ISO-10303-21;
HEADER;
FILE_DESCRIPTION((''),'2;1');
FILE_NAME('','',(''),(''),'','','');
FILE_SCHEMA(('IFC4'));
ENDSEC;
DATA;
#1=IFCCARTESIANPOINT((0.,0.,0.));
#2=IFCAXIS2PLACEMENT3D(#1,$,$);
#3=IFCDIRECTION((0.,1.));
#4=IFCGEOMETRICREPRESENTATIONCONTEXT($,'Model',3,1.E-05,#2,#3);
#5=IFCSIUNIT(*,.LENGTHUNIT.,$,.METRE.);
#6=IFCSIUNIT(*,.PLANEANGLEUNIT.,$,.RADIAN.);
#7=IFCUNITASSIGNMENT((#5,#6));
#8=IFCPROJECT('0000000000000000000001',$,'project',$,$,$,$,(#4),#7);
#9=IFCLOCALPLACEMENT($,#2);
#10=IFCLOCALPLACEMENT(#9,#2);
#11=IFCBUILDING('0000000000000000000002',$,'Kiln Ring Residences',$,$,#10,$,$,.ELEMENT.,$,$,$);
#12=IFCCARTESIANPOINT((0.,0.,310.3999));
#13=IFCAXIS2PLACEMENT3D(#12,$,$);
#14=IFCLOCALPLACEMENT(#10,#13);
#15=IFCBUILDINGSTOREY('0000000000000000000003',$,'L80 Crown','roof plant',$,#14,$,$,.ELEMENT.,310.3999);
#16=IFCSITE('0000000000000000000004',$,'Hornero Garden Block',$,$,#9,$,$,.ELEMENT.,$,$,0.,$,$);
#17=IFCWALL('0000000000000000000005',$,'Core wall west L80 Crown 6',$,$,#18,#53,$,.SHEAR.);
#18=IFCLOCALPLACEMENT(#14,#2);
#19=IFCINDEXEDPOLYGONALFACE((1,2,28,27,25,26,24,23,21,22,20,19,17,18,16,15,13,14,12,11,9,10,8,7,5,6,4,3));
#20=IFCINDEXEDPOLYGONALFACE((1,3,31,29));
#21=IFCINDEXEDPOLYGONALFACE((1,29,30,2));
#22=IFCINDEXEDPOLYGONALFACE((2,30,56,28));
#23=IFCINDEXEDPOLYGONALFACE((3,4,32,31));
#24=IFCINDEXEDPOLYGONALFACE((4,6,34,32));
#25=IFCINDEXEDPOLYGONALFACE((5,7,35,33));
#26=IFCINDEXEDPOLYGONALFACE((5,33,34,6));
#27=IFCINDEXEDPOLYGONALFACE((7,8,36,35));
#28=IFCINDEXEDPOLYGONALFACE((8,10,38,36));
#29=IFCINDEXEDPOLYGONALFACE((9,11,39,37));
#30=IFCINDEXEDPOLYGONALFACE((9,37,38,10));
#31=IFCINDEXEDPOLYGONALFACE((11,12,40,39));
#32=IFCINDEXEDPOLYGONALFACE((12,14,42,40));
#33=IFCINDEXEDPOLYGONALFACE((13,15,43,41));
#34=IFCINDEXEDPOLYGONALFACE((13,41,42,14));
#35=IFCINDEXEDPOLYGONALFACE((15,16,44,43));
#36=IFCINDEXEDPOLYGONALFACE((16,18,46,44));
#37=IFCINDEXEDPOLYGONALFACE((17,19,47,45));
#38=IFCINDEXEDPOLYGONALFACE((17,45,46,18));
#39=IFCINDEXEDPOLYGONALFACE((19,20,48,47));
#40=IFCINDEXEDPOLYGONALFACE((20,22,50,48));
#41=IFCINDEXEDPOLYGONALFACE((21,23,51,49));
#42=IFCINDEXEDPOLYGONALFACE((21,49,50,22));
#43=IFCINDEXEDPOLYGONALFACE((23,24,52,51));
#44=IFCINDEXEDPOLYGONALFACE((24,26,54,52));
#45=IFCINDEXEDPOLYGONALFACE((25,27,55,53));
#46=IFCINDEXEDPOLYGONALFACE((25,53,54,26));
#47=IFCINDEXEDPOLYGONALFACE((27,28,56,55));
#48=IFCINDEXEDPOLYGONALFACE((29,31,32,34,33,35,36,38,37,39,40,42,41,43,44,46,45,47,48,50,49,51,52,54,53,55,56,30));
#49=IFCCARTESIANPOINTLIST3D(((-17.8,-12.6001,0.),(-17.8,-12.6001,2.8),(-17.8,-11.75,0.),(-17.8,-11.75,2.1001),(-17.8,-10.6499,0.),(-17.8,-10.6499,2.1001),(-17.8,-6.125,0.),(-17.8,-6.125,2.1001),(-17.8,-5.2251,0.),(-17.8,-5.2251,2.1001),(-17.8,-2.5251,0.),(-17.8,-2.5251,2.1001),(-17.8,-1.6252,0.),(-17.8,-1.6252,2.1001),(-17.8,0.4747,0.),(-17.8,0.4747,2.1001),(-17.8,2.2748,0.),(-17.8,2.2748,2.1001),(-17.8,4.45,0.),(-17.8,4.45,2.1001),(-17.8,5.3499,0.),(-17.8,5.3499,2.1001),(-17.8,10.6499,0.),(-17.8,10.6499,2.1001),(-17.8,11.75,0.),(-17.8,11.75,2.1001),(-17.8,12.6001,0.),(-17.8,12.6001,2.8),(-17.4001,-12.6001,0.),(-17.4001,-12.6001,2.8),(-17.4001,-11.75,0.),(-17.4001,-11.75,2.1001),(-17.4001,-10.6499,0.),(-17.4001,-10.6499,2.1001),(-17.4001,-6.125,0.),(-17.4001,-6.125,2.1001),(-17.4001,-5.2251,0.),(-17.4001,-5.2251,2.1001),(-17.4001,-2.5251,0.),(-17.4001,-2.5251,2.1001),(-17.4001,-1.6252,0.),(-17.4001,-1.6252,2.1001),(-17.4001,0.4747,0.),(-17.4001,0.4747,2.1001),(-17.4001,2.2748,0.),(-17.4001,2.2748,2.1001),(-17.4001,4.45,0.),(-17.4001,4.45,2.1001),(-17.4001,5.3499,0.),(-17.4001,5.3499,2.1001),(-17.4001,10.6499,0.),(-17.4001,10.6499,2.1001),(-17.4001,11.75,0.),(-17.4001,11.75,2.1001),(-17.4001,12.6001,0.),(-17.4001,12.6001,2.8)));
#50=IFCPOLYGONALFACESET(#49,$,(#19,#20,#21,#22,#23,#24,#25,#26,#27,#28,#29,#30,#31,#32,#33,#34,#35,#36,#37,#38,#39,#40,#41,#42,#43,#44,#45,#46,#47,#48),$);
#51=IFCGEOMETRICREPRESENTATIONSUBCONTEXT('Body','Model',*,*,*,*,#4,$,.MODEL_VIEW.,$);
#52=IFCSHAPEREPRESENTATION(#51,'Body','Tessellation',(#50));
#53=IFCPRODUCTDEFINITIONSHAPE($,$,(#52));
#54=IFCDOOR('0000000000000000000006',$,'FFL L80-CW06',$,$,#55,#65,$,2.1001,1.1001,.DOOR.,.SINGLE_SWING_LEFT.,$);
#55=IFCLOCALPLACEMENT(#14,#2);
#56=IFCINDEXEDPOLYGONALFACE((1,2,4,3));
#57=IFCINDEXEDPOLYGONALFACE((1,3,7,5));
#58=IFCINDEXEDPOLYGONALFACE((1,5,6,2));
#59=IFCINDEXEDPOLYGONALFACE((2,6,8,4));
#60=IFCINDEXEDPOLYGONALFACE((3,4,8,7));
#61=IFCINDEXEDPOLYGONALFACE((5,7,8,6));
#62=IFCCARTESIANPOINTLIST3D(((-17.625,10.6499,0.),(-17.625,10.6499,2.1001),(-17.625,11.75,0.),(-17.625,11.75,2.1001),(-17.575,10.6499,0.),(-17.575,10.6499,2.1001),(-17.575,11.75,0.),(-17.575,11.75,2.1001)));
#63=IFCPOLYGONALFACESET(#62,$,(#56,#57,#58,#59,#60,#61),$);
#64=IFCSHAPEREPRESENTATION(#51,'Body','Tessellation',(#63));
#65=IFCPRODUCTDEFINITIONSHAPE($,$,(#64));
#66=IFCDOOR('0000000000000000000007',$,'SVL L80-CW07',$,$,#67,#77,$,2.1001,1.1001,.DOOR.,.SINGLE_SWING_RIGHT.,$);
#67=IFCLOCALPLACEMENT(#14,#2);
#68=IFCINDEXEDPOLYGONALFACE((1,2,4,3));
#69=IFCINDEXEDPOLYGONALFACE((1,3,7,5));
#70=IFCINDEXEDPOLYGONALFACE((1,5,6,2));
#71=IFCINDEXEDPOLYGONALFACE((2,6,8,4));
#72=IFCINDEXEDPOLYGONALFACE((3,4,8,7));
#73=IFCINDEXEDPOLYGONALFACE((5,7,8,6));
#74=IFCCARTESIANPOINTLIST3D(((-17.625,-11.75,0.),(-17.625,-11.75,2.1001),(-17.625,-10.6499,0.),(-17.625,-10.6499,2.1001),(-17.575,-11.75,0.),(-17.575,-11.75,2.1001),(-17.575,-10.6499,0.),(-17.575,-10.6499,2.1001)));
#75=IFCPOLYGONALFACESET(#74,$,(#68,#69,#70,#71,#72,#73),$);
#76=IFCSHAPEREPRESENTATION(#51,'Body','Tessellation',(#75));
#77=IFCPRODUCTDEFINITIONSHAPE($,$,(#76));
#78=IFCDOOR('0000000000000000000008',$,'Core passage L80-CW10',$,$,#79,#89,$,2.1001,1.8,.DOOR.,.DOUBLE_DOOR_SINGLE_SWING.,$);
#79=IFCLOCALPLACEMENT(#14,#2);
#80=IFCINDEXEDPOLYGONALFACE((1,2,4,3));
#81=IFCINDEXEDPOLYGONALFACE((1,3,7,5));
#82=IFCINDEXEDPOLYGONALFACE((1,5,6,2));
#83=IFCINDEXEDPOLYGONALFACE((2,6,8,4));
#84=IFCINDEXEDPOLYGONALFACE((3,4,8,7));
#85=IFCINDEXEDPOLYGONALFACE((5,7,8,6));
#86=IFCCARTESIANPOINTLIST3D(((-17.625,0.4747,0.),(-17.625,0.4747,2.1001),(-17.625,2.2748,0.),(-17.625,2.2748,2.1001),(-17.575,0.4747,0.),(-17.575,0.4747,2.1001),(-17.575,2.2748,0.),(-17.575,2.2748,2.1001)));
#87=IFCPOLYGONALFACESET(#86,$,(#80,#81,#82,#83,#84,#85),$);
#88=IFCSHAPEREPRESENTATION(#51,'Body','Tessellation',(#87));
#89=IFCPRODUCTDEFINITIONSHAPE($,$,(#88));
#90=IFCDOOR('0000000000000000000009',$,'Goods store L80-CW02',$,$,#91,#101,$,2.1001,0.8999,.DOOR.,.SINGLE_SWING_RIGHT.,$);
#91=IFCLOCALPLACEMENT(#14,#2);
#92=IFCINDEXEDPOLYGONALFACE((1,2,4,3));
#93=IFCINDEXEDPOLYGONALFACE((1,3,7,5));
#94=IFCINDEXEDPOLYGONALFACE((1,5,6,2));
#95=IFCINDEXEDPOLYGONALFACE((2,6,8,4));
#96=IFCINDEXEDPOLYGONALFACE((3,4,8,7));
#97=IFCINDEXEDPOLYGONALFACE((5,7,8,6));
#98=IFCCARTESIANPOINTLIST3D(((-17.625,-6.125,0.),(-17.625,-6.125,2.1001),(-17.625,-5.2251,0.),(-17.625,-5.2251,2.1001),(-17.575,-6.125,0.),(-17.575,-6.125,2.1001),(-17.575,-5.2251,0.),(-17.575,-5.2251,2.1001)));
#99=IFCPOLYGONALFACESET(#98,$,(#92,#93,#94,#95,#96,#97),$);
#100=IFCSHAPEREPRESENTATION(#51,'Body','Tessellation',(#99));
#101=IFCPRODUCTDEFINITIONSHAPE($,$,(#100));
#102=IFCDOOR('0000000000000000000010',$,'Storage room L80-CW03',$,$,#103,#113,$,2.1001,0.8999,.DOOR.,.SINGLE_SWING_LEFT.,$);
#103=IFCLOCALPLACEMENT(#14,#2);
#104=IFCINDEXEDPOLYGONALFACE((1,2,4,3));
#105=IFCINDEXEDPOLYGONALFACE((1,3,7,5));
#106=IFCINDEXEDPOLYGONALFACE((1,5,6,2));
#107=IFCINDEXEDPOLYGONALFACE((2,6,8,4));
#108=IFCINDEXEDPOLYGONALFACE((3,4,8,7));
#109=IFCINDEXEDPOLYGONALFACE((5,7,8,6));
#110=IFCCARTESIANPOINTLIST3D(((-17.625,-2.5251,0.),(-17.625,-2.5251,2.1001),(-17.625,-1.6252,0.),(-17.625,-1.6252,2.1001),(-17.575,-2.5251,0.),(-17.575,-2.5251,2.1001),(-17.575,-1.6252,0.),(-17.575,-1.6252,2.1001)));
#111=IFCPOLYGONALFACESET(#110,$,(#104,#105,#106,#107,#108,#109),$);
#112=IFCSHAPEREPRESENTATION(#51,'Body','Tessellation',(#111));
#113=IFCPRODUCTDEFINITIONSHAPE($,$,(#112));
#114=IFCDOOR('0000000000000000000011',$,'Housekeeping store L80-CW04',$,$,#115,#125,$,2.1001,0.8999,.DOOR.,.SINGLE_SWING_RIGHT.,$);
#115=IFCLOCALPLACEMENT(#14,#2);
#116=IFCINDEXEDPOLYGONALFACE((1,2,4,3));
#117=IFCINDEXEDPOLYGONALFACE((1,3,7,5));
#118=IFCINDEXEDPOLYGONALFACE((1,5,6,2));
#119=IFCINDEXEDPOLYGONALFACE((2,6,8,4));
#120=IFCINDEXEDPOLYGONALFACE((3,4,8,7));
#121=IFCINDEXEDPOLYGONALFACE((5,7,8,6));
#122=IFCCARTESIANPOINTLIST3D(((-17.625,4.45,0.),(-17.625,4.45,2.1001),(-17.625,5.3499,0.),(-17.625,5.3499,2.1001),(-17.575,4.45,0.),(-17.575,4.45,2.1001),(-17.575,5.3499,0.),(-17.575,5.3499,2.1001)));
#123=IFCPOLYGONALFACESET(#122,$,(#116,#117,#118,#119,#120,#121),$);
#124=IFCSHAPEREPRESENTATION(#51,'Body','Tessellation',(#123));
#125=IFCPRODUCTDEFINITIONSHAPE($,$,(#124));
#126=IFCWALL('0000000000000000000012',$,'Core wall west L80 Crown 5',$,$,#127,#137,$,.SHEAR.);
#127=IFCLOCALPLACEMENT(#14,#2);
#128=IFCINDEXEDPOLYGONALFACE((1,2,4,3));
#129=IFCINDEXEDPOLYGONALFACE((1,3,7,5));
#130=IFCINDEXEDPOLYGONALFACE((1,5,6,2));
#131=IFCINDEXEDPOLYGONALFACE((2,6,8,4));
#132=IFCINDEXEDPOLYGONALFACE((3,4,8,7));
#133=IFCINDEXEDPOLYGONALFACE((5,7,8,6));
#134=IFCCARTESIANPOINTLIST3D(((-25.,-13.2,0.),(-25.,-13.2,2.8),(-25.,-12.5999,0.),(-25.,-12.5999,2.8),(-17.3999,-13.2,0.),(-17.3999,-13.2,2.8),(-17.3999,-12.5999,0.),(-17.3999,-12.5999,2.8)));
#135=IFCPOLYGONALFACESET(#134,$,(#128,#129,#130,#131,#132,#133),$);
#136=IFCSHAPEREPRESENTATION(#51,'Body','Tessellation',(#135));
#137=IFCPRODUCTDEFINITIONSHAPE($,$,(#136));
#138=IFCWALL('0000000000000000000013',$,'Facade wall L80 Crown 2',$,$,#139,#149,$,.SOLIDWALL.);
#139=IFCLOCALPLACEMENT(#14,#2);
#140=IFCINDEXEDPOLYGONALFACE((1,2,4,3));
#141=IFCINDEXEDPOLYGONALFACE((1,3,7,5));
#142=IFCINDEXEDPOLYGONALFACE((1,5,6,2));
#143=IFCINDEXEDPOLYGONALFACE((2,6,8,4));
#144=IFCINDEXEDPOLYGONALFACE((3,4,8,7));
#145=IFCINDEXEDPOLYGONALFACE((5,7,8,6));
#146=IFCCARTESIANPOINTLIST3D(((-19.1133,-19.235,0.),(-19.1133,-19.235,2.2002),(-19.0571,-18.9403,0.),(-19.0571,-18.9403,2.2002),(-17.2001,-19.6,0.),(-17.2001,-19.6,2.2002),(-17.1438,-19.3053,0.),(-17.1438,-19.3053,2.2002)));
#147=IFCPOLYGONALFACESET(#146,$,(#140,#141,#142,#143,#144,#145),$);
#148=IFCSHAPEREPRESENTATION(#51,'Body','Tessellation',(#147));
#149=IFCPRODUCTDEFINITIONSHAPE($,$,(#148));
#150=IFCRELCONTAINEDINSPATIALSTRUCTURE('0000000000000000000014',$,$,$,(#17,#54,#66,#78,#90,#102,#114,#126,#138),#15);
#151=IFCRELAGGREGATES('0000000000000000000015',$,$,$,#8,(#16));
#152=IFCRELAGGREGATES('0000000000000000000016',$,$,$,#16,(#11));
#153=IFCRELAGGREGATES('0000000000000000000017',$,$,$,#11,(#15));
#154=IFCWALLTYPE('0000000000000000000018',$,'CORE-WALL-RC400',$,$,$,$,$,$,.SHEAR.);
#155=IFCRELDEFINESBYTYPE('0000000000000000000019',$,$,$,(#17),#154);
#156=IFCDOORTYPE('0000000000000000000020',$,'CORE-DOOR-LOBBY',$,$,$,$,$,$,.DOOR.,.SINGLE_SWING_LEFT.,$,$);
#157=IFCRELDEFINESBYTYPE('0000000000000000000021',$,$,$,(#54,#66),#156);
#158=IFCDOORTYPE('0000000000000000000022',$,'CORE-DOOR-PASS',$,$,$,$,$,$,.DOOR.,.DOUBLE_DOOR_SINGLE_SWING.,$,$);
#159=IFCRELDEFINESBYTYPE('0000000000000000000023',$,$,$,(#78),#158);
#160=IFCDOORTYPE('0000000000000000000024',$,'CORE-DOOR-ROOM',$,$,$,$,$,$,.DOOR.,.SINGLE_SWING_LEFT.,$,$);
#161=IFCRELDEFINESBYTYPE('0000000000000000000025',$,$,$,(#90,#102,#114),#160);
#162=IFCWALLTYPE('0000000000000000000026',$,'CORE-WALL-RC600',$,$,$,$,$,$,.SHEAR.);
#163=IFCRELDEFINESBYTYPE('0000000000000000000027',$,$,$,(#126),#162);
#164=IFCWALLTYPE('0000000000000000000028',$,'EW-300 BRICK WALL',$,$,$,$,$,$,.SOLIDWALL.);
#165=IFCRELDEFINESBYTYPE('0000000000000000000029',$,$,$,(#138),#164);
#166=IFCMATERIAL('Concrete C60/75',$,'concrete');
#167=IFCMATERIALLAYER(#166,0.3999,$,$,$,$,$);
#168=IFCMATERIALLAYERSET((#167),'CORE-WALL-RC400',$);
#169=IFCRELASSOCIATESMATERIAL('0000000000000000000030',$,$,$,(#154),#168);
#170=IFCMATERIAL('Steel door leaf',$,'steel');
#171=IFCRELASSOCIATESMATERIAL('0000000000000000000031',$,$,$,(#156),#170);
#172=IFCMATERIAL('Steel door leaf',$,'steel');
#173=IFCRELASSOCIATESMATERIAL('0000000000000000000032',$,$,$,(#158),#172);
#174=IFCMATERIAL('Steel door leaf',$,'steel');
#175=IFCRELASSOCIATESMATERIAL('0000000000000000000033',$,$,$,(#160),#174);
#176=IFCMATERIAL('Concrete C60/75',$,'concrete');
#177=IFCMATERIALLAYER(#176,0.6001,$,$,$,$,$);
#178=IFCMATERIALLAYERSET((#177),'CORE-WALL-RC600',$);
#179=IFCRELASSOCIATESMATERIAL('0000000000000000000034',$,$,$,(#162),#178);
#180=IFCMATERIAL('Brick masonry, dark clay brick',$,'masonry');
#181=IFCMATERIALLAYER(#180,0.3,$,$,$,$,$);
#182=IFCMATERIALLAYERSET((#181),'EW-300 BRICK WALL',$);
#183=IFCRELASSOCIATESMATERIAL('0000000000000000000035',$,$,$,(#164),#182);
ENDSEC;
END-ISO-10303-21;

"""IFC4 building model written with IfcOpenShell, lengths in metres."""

from ifc_helpers import new_model, si_unit, direction, frame, frame_2d, origin, place, context, subcontext, project, spatial, rectangle, extrude, material, layer, layer_set, type_object, element, fill, save


model = new_model("IFC4")

# Units and contexts
model_context = context("Model", 3, precision=1e-05, world=origin(), true_north=direction((0.0, 1.0)))
body_context = subcontext(model_context, "Body", "Model", "MODEL_VIEW")
ifc_project = project(units=[si_unit("LENGTHUNIT", "METRE"), si_unit("PLANEANGLEUNIT", "RADIAN")], contexts=[model_context])

# Site, building, storey
site_placement = place(None, origin())
site = spatial("IfcSite", under=ifc_project, at=site_placement, Name="Hornero Garden Block", CompositionType="ELEMENT", RefElevation=0.0)
building_placement = place(site_placement, origin())
building = spatial("IfcBuilding", under=site, at=building_placement, Name="Kiln Ring Residences", CompositionType="ELEMENT")
storey_placement = place(building_placement, frame((0.0, 0.0, 310.3999)))
storey = spatial("IfcBuildingStorey", under=building, at=storey_placement, Name="L80 Crown", Description="roof plant", CompositionType="ELEMENT", Elevation=310.3999)

# Wall, openings, doors
ifc_material_1 = material(Name="Concrete C60/75", Category="concrete")
ifc_layer_1 = layer(ifc_material_1, 0.3999)
ifc_layer_set_1 = layer_set([ifc_layer_1], Name="CORE-WALL-RC400")
wall_type_1 = type_object("IfcWallType", Name="CORE-WALL-RC400", PredefinedType="SHEAR", material=ifc_layer_set_1)
wall_1_placement = place(storey_placement, frame((-17.6001, -12.6001, 0.0), z_axis=(0.0, 0.0, 1.0), x_axis=(0.0, 1.0, 0.0)))
wall_1 = element("IfcWall", 1, at=wall_1_placement, inside=storey, type_object=wall_type_1, Name="Core wall west L80 Crown 6", PredefinedType="SHEAR", context=body_context, shape_type="SweptSolid", body=[
    extrude(rectangle(XDim=25.2002, YDim=0.3999, at=frame_2d((12.6001, 0.0))), origin(), (0.0, 0.0, 1.0), 2.8),
])
opening_1_placement = place(wall_1_placement, frame((6.4751, 0.0, 0.0)))
opening_1 = element("IfcOpeningElement", 2, at=opening_1_placement, cuts=wall_1, PredefinedType="OPENING", context=body_context, shape_type="SweptSolid", body=[
    extrude(rectangle(XDim=0.8999, YDim=2.1001, at=frame_2d((0.45, 1.05))), frame((0.0, 0.21, 0.0), z_axis=(0.0, -1.0, 0.0), x_axis=(1.0, 0.0, 0.0)), (0.0, 0.0, 1.0), 0.4199),
])
opening_2_placement = place(wall_1_placement, frame((10.075, 0.0, 0.0)))
opening_2 = element("IfcOpeningElement", 3, at=opening_2_placement, cuts=wall_1, PredefinedType="OPENING", context=body_context, shape_type="SweptSolid", body=[
    extrude(rectangle(XDim=0.8999, YDim=2.1001, at=frame_2d((0.45, 1.05))), frame((0.0, 0.21, 0.0), z_axis=(0.0, -1.0, 0.0), x_axis=(1.0, 0.0, 0.0)), (0.0, 0.0, 1.0), 0.4199),
])
opening_3_placement = place(wall_1_placement, frame((17.05, 0.0, 0.0)))
opening_3 = element("IfcOpeningElement", 4, at=opening_3_placement, cuts=wall_1, PredefinedType="OPENING", context=body_context, shape_type="SweptSolid", body=[
    extrude(rectangle(XDim=0.8999, YDim=2.1001, at=frame_2d((0.45, 1.05))), frame((0.0, 0.21, 0.0), z_axis=(0.0, -1.0, 0.0), x_axis=(1.0, 0.0, 0.0)), (0.0, 0.0, 1.0), 0.4199),
])
opening_4_placement = place(wall_1_placement, frame((23.25, 0.0, 0.0)))
opening_4 = element("IfcOpeningElement", 5, at=opening_4_placement, cuts=wall_1, PredefinedType="OPENING", context=body_context, shape_type="SweptSolid", body=[
    extrude(rectangle(XDim=1.1001, YDim=2.1001, at=frame_2d((0.55, 1.05))), frame((0.0, 0.21, 0.0), z_axis=(0.0, -1.0, 0.0), x_axis=(1.0, 0.0, 0.0)), (0.0, 0.0, 1.0), 0.4199),
])
opening_5_placement = place(wall_1_placement, frame((0.8501, 0.0, 0.0)))
opening_5 = element("IfcOpeningElement", 6, at=opening_5_placement, cuts=wall_1, PredefinedType="OPENING", context=body_context, shape_type="SweptSolid", body=[
    extrude(rectangle(XDim=1.1001, YDim=2.1001, at=frame_2d((0.55, 1.05))), frame((0.0, 0.21, 0.0), z_axis=(0.0, -1.0, 0.0), x_axis=(1.0, 0.0, 0.0)), (0.0, 0.0, 1.0), 0.4199),
])
opening_6_placement = place(wall_1_placement, frame((13.075, 0.0, 0.0)))
opening_6 = element("IfcOpeningElement", 7, at=opening_6_placement, cuts=wall_1, PredefinedType="OPENING", context=body_context, shape_type="SweptSolid", body=[
    extrude(rectangle(XDim=1.8, YDim=2.1001, at=frame_2d((0.8999, 1.05))), frame((0.0, 0.21, 0.0), z_axis=(0.0, -1.0, 0.0), x_axis=(1.0, 0.0, 0.0)), (0.0, 0.0, 1.0), 0.4199),
])
ifc_material_2 = material(Name="Steel door leaf", Category="steel")
door_type_1 = type_object("IfcDoorType", Name="CORE-DOOR-LOBBY", OperationType="SINGLE_SWING_LEFT", PredefinedType="DOOR", material=ifc_material_2)
door_1_placement = place(opening_4_placement, origin())
door_1 = element("IfcDoor", 8, at=door_1_placement, inside=storey, type_object=door_type_1, Name="FFL L80-CW06", OperationType="SINGLE_SWING_LEFT", OverallHeight=2.1001, OverallWidth=1.1001, PredefinedType="DOOR", context=body_context, shape_type="SweptSolid", body=[
    extrude(rectangle(XDim=1.1001, YDim=2.1001, at=frame_2d((0.55, 1.05))), frame((0.0, 0.0249, 0.0), z_axis=(0.0, -1.0, 0.0), x_axis=(1.0, 0.0, 0.0)), (0.0, 0.0, 1.0), 0.05),
])
fill(opening_4, door_1)
door_2_placement = place(opening_5_placement, origin())
door_2 = element("IfcDoor", 9, at=door_2_placement, inside=storey, type_object=door_type_1, Name="SVL L80-CW07", OperationType="SINGLE_SWING_RIGHT", OverallHeight=2.1001, OverallWidth=1.1001, PredefinedType="DOOR", context=body_context, shape_type="SweptSolid", body=[
    extrude(rectangle(XDim=1.1001, YDim=2.1001, at=frame_2d((0.55, 1.05))), frame((0.0, 0.0249, 0.0), z_axis=(0.0, -1.0, 0.0), x_axis=(1.0, 0.0, 0.0)), (0.0, 0.0, 1.0), 0.05),
])
fill(opening_5, door_2)
ifc_material_3 = material(Name="Steel door leaf", Category="steel")
door_type_2 = type_object("IfcDoorType", Name="CORE-DOOR-PASS", OperationType="DOUBLE_DOOR_SINGLE_SWING", PredefinedType="DOOR", material=ifc_material_3)
door_3_placement = place(opening_6_placement, origin())
door_3 = element("IfcDoor", 10, at=door_3_placement, inside=storey, type_object=door_type_2, Name="Core passage L80-CW10", OperationType="DOUBLE_DOOR_SINGLE_SWING", OverallHeight=2.1001, OverallWidth=1.8, PredefinedType="DOOR", context=body_context, shape_type="SweptSolid", body=[
    extrude(rectangle(XDim=1.8, YDim=2.1001, at=frame_2d((0.8999, 1.05))), frame((0.0, 0.0249, 0.0), z_axis=(0.0, -1.0, 0.0), x_axis=(1.0, 0.0, 0.0)), (0.0, 0.0, 1.0), 0.05),
])
fill(opening_6, door_3)
ifc_material_4 = material(Name="Steel door leaf", Category="steel")
door_type_3 = type_object("IfcDoorType", Name="CORE-DOOR-ROOM", OperationType="SINGLE_SWING_LEFT", PredefinedType="DOOR", material=ifc_material_4)
door_4_placement = place(opening_1_placement, origin())
door_4 = element("IfcDoor", 11, at=door_4_placement, inside=storey, type_object=door_type_3, Name="Goods store L80-CW02", OperationType="SINGLE_SWING_RIGHT", OverallHeight=2.1001, OverallWidth=0.8999, PredefinedType="DOOR", context=body_context, shape_type="SweptSolid", body=[
    extrude(rectangle(XDim=0.8999, YDim=2.1001, at=frame_2d((0.45, 1.05))), frame((0.0, 0.0249, 0.0), z_axis=(0.0, -1.0, 0.0), x_axis=(1.0, 0.0, 0.0)), (0.0, 0.0, 1.0), 0.05),
])
fill(opening_1, door_4)
door_5_placement = place(opening_2_placement, origin())
door_5 = element("IfcDoor", 12, at=door_5_placement, inside=storey, type_object=door_type_3, Name="Storage room L80-CW03", OperationType="SINGLE_SWING_LEFT", OverallHeight=2.1001, OverallWidth=0.8999, PredefinedType="DOOR", context=body_context, shape_type="SweptSolid", body=[
    extrude(rectangle(XDim=0.8999, YDim=2.1001, at=frame_2d((0.45, 1.05))), frame((0.0, 0.0249, 0.0), z_axis=(0.0, -1.0, 0.0), x_axis=(1.0, 0.0, 0.0)), (0.0, 0.0, 1.0), 0.05),
])
fill(opening_2, door_5)
door_6_placement = place(opening_3_placement, origin())
door_6 = element("IfcDoor", 13, at=door_6_placement, inside=storey, type_object=door_type_3, Name="Housekeeping store L80-CW04", OperationType="SINGLE_SWING_RIGHT", OverallHeight=2.1001, OverallWidth=0.8999, PredefinedType="DOOR", context=body_context, shape_type="SweptSolid", body=[
    extrude(rectangle(XDim=0.8999, YDim=2.1001, at=frame_2d((0.45, 1.05))), frame((0.0, 0.0249, 0.0), z_axis=(0.0, -1.0, 0.0), x_axis=(1.0, 0.0, 0.0)), (0.0, 0.0, 1.0), 0.05),
])
fill(opening_3, door_6)

# Walls
ifc_material_5 = material(Name="Concrete C60/75", Category="concrete")
ifc_layer_2 = layer(ifc_material_5, 0.6001)
ifc_layer_set_2 = layer_set([ifc_layer_2], Name="CORE-WALL-RC600")
wall_type_2 = type_object("IfcWallType", Name="CORE-WALL-RC600", PredefinedType="SHEAR", material=ifc_layer_set_2)
wall_2_placement = place(storey_placement, frame((-17.3999, -12.8999, 0.0), z_axis=(0.0, 0.0, 1.0), x_axis=(-1.0, 0.0, 0.0)))
element("IfcWall", 14, at=wall_2_placement, inside=storey, type_object=wall_type_2, Name="Core wall west L80 Crown 5", PredefinedType="SHEAR", context=body_context, shape_type="SweptSolid", body=[
    extrude(rectangle(XDim=7.6001, YDim=0.6001, at=frame_2d((3.8, 0.0))), origin(), (0.0, 0.0, 1.0), 2.8),
])
ifc_material_6 = material(Name="Brick masonry, dark clay brick", Category="masonry")
ifc_layer_3 = layer(ifc_material_6, 0.3)
ifc_layer_set_3 = layer_set([ifc_layer_3], Name="EW-300 BRICK WALL")
wall_type_3 = type_object("IfcWallType", Name="EW-300 BRICK WALL", PredefinedType="SOLIDWALL", material=ifc_layer_set_3)
wall_3_placement = place(storey_placement, frame((-19.0852, -19.0876, 0.0), z_axis=(0.0, 0.0, 1.0), x_axis=(0.982287, -0.187383, 0.0)))
element("IfcWall", 15, at=wall_3_placement, inside=storey, type_object=wall_type_3, Name="Facade wall L80 Crown 2", PredefinedType="SOLIDWALL", context=body_context, shape_type="SweptSolid", body=[
    extrude(rectangle(XDim=1.9478, YDim=0.3, at=frame_2d((0.9739, 0.0))), origin(), (0.0, 0.0, 1.0), 2.2002),
])

save(model, "model.ifc")
